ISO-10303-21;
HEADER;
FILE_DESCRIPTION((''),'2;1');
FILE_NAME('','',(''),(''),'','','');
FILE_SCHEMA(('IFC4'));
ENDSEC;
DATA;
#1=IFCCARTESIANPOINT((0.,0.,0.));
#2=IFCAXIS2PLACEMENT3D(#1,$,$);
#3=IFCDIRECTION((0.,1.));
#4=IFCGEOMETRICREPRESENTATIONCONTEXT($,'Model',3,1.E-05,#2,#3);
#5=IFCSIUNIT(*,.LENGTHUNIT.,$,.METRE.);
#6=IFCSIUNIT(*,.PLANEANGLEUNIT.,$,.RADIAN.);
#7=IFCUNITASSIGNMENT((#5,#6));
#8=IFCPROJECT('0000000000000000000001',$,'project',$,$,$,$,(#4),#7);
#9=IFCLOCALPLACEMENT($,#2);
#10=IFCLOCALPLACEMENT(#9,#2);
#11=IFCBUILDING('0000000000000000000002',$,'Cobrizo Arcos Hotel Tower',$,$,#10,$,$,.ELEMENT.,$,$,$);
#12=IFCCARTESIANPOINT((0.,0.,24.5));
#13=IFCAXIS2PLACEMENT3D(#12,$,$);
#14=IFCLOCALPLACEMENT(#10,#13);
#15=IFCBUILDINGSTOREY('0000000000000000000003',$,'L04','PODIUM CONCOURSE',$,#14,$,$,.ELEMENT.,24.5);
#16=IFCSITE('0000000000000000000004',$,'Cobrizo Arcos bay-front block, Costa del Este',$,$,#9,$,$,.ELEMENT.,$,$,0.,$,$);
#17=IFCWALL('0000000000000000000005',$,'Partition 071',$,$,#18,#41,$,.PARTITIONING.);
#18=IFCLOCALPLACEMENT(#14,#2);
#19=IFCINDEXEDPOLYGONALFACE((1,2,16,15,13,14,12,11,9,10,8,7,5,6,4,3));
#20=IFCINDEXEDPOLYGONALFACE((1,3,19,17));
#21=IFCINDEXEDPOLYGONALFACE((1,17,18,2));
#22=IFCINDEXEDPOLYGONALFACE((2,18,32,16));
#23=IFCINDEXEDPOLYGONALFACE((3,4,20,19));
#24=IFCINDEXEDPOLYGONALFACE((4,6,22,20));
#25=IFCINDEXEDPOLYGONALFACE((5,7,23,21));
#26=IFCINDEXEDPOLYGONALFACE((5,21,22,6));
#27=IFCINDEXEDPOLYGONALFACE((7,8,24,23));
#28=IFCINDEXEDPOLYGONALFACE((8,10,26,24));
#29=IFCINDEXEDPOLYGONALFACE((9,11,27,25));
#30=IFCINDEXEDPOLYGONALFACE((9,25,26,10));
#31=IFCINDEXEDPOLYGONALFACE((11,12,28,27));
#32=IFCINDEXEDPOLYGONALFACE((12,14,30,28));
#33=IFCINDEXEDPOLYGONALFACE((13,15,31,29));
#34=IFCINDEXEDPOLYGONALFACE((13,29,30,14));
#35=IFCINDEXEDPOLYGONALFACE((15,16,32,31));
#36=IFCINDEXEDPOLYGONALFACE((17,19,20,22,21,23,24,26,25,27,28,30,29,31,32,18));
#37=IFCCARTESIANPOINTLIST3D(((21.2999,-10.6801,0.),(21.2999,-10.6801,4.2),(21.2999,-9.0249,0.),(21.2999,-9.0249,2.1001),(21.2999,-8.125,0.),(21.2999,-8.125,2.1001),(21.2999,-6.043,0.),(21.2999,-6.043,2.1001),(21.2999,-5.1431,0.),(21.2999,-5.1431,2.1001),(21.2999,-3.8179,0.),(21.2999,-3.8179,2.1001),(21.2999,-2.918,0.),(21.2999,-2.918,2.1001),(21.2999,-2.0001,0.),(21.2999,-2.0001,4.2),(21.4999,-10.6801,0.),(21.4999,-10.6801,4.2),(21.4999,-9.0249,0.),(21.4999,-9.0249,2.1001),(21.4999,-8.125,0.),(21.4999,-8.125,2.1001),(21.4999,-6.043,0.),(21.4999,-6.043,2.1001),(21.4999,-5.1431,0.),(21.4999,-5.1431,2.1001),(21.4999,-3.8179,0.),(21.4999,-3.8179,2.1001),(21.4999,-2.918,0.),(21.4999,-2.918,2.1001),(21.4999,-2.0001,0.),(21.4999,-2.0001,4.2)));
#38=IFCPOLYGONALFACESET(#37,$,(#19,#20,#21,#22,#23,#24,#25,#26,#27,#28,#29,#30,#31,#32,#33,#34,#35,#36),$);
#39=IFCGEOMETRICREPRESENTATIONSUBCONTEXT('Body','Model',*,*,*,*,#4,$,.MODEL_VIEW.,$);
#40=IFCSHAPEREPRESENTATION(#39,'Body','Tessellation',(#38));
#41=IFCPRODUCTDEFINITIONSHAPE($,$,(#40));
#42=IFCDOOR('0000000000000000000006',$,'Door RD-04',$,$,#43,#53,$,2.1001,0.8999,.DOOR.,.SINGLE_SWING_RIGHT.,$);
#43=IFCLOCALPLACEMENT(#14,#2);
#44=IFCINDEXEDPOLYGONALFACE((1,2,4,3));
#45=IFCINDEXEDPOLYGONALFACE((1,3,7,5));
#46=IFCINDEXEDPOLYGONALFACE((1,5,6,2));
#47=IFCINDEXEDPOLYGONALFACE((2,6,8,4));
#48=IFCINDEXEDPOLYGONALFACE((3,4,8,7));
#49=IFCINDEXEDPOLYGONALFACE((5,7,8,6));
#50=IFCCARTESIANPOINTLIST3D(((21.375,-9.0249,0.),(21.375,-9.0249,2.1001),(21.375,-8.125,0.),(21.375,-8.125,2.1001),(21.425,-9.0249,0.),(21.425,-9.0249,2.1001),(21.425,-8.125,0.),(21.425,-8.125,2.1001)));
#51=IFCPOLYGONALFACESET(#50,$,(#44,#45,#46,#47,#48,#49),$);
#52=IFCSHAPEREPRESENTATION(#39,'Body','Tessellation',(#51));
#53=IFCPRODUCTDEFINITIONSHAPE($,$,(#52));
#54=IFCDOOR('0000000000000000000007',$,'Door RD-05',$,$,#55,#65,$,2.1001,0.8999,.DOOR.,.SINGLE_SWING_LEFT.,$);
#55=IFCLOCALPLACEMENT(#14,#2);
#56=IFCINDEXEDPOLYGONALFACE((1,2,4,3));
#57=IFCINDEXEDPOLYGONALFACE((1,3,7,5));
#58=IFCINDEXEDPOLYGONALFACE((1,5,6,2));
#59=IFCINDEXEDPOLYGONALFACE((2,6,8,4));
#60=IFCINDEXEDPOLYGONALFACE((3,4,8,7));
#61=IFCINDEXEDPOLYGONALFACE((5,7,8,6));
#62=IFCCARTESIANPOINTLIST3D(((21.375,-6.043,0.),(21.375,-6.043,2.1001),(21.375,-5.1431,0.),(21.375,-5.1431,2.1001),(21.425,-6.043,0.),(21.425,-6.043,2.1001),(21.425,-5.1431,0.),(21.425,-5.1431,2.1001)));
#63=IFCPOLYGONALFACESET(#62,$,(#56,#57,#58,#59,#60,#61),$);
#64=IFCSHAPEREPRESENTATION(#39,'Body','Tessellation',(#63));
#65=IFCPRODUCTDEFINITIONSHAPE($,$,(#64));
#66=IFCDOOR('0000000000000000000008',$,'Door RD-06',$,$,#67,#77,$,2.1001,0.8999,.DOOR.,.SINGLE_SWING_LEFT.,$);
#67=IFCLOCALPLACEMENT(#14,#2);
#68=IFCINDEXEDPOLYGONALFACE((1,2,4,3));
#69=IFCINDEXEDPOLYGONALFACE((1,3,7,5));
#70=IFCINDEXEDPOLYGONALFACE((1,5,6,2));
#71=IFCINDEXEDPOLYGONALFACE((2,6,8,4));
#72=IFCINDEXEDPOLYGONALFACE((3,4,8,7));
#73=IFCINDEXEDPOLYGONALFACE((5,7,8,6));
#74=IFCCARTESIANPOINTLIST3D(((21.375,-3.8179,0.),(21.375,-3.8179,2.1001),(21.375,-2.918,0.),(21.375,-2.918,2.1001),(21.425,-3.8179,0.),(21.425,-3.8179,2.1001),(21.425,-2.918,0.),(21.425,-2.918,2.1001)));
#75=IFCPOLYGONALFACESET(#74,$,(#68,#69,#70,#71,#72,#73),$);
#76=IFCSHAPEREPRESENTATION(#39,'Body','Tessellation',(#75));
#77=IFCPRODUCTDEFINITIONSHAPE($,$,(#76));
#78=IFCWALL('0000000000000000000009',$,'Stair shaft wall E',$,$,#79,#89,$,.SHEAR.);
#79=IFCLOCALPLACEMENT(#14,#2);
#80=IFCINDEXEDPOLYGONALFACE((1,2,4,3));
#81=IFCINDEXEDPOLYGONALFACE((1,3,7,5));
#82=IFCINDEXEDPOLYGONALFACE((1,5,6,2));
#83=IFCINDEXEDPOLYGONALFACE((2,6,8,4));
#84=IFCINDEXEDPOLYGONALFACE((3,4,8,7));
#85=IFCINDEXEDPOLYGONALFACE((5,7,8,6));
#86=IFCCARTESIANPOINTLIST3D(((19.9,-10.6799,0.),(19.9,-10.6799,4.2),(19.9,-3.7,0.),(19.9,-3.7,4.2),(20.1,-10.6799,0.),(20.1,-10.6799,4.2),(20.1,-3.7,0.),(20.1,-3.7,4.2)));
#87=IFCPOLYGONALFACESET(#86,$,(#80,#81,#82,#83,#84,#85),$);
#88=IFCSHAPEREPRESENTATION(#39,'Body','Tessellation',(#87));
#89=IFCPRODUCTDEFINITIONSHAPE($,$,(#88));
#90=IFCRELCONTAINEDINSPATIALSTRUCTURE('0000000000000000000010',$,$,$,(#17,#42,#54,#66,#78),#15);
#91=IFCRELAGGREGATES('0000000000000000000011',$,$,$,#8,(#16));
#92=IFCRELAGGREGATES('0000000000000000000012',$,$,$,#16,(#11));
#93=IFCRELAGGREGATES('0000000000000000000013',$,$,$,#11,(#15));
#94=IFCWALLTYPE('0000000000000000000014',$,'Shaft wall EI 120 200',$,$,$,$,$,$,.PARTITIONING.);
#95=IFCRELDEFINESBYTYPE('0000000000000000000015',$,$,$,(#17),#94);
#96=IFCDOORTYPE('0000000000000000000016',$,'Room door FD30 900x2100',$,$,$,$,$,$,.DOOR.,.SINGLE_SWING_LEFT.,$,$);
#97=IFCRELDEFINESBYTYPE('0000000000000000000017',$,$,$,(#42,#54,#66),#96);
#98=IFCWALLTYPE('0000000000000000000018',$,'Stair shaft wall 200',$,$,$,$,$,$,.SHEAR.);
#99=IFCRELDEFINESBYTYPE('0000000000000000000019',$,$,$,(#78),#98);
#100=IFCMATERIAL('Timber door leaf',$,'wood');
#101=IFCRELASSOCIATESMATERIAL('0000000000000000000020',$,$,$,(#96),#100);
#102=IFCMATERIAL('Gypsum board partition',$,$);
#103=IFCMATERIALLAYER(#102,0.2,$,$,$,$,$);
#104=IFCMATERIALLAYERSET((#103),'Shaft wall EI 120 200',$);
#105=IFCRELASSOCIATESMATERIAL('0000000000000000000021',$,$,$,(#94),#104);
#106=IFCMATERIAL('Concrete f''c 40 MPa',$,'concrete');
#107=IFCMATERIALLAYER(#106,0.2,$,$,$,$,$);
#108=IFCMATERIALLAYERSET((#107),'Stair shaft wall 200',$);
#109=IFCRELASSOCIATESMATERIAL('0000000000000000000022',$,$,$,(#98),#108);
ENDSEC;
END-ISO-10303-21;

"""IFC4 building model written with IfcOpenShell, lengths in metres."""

from ifc_helpers import new_model, si_unit, direction, frame, frame_2d, origin, place, context, subcontext, project, spatial, rectangle, extrude, material, layer, layer_set, type_object, element, fill, save


model = new_model("IFC4")

# Units and contexts
model_context = context("Model", 3, precision=1e-05, world=origin(), true_north=direction((0.0, 1.0)))
body_context = subcontext(model_context, "Body", "Model", "MODEL_VIEW")
ifc_project = project(units=[si_unit("LENGTHUNIT", "METRE"), si_unit("PLANEANGLEUNIT", "RADIAN")], contexts=[model_context])

# Site, building, storey
site_placement = place(None, origin())
site = spatial("IfcSite", under=ifc_project, at=site_placement, Name="Cobrizo Arcos bay-front block, Costa del Este", CompositionType="ELEMENT", RefElevation=0.0)
building_placement = place(site_placement, origin())
building = spatial("IfcBuilding", under=site, at=building_placement, Name="Cobrizo Arcos Hotel Tower", CompositionType="ELEMENT")
storey_placement = place(building_placement, frame((0.0, 0.0, 24.5)))
storey = spatial("IfcBuildingStorey", under=building, at=storey_placement, Name="L04", Description="PODIUM CONCOURSE", CompositionType="ELEMENT", Elevation=24.5)

# Shared definitions
ifc_material_1 = material(Name="Gypsum board partition")
ifc_material_2 = material(Name="Timber door leaf", Category="wood")
door_type = type_object("IfcDoorType", Name="Room door FD30 900x2100", OperationType="SINGLE_SWING_LEFT", PredefinedType="DOOR", material=ifc_material_2)

# Wall, openings, doors
ifc_layer_1 = layer(ifc_material_1, 0.2)
ifc_layer_set_1 = layer_set([ifc_layer_1], Name="Shaft wall EI 120 200")
wall_type_1 = type_object("IfcWallType", Name="Shaft wall EI 120 200", PredefinedType="PARTITIONING", material=ifc_layer_set_1)
wall_1_placement = place(storey_placement, frame((21.3999, -10.6799, 0.0), z_axis=(0.0, 0.0, 1.0), x_axis=(0.0, 1.0, 0.0)))
wall_1 = element("IfcWall", 1, at=wall_1_placement, inside=storey, type_object=wall_type_1, Name="Partition 071", PredefinedType="PARTITIONING", context=body_context, shape_type="SweptSolid", body=[
    extrude(rectangle(XDim=8.6799, YDim=0.2, at=frame_2d((4.3398, 0.0))), origin(), (0.0, 0.0, 1.0), 4.2),
])
opening_1_placement = place(wall_1_placement, frame((1.655, 0.0, 0.0)))
opening_1 = element("IfcOpeningElement", 2, at=opening_1_placement, cuts=wall_1, PredefinedType="OPENING", context=body_context, shape_type="SweptSolid", body=[
    extrude(rectangle(XDim=0.8999, YDim=2.1001, at=frame_2d((0.45, 1.05))), frame((0.0, 0.1121, 0.0), z_axis=(0.0, -1.0, 0.0), x_axis=(1.0, 0.0, 0.0)), (0.0, 0.0, 1.0), 0.2239),
])
opening_2_placement = place(wall_1_placement, frame((4.637, 0.0, 0.0)))
opening_2 = element("IfcOpeningElement", 3, at=opening_2_placement, cuts=wall_1, PredefinedType="OPENING", context=body_context, shape_type="SweptSolid", body=[
    extrude(rectangle(XDim=0.8999, YDim=2.1001, at=frame_2d((0.45, 1.05))), frame((0.0, 0.1121, 0.0), z_axis=(0.0, -1.0, 0.0), x_axis=(1.0, 0.0, 0.0)), (0.0, 0.0, 1.0), 0.2239),
])
opening_3_placement = place(wall_1_placement, frame((6.8621, 0.0, 0.0)))
opening_3 = element("IfcOpeningElement", 4, at=opening_3_placement, cuts=wall_1, PredefinedType="OPENING", context=body_context, shape_type="SweptSolid", body=[
    extrude(rectangle(XDim=0.8999, YDim=2.1001, at=frame_2d((0.45, 1.05))), frame((0.0, 0.1121, 0.0), z_axis=(0.0, -1.0, 0.0), x_axis=(1.0, 0.0, 0.0)), (0.0, 0.0, 1.0), 0.2239),
])
door_1_placement = place(opening_1_placement, origin())
door_1 = element("IfcDoor", 5, at=door_1_placement, inside=storey, type_object=door_type, Name="Door RD-04", OperationType="SINGLE_SWING_RIGHT", OverallHeight=2.1001, OverallWidth=0.8999, PredefinedType="DOOR", context=body_context, shape_type="SweptSolid", body=[
    extrude(rectangle(XDim=0.8999, YDim=2.1001, at=frame_2d((0.45, 1.05))), frame((0.0, 0.0249, 0.0), z_axis=(0.0, -1.0, 0.0), x_axis=(1.0, 0.0, 0.0)), (0.0, 0.0, 1.0), 0.05),
])
fill(opening_1, door_1)
door_2_placement = place(opening_2_placement, origin())
door_2 = element("IfcDoor", 6, at=door_2_placement, inside=storey, type_object=door_type, Name="Door RD-05", OperationType="SINGLE_SWING_LEFT", OverallHeight=2.1001, OverallWidth=0.8999, PredefinedType="DOOR", context=body_context, shape_type="SweptSolid", body=[
    extrude(rectangle(XDim=0.8999, YDim=2.1001, at=frame_2d((0.45, 1.05))), frame((0.0, 0.0249, 0.0), z_axis=(0.0, -1.0, 0.0), x_axis=(1.0, 0.0, 0.0)), (0.0, 0.0, 1.0), 0.05),
])
fill(opening_2, door_2)
door_3_placement = place(opening_3_placement, origin())
door_3 = element("IfcDoor", 7, at=door_3_placement, inside=storey, type_object=door_type, Name="Door RD-06", OperationType="SINGLE_SWING_LEFT", OverallHeight=2.1001, OverallWidth=0.8999, PredefinedType="DOOR", context=body_context, shape_type="SweptSolid", body=[
    extrude(rectangle(XDim=0.8999, YDim=2.1001, at=frame_2d((0.45, 1.05))), frame((0.0, 0.0249, 0.0), z_axis=(0.0, -1.0, 0.0), x_axis=(1.0, 0.0, 0.0)), (0.0, 0.0, 1.0), 0.05),
])
fill(opening_3, door_3)

# Wall
ifc_material_3 = material(Name="Concrete f'c 40 MPa", Category="concrete")
ifc_layer_2 = layer(ifc_material_3, 0.2)
ifc_layer_set_2 = layer_set([ifc_layer_2], Name="Stair shaft wall 200")
wall_type_2 = type_object("IfcWallType", Name="Stair shaft wall 200", PredefinedType="SHEAR", material=ifc_layer_set_2)
wall_2_placement = place(storey_placement, frame((20.0, -10.6799, 0.0), z_axis=(0.0, 0.0, 1.0), x_axis=(0.0, 1.0, 0.0)))
element("IfcWall", 8, at=wall_2_placement, inside=storey, type_object=wall_type_2, Name="Stair shaft wall E", PredefinedType="SHEAR", context=body_context, shape_type="SweptSolid", body=[
    extrude(rectangle(XDim=6.98, YDim=0.2, at=frame_2d((3.49, 0.0))), origin(), (0.0, 0.0, 1.0), 4.2),
])

save(model, "model.ifc")
